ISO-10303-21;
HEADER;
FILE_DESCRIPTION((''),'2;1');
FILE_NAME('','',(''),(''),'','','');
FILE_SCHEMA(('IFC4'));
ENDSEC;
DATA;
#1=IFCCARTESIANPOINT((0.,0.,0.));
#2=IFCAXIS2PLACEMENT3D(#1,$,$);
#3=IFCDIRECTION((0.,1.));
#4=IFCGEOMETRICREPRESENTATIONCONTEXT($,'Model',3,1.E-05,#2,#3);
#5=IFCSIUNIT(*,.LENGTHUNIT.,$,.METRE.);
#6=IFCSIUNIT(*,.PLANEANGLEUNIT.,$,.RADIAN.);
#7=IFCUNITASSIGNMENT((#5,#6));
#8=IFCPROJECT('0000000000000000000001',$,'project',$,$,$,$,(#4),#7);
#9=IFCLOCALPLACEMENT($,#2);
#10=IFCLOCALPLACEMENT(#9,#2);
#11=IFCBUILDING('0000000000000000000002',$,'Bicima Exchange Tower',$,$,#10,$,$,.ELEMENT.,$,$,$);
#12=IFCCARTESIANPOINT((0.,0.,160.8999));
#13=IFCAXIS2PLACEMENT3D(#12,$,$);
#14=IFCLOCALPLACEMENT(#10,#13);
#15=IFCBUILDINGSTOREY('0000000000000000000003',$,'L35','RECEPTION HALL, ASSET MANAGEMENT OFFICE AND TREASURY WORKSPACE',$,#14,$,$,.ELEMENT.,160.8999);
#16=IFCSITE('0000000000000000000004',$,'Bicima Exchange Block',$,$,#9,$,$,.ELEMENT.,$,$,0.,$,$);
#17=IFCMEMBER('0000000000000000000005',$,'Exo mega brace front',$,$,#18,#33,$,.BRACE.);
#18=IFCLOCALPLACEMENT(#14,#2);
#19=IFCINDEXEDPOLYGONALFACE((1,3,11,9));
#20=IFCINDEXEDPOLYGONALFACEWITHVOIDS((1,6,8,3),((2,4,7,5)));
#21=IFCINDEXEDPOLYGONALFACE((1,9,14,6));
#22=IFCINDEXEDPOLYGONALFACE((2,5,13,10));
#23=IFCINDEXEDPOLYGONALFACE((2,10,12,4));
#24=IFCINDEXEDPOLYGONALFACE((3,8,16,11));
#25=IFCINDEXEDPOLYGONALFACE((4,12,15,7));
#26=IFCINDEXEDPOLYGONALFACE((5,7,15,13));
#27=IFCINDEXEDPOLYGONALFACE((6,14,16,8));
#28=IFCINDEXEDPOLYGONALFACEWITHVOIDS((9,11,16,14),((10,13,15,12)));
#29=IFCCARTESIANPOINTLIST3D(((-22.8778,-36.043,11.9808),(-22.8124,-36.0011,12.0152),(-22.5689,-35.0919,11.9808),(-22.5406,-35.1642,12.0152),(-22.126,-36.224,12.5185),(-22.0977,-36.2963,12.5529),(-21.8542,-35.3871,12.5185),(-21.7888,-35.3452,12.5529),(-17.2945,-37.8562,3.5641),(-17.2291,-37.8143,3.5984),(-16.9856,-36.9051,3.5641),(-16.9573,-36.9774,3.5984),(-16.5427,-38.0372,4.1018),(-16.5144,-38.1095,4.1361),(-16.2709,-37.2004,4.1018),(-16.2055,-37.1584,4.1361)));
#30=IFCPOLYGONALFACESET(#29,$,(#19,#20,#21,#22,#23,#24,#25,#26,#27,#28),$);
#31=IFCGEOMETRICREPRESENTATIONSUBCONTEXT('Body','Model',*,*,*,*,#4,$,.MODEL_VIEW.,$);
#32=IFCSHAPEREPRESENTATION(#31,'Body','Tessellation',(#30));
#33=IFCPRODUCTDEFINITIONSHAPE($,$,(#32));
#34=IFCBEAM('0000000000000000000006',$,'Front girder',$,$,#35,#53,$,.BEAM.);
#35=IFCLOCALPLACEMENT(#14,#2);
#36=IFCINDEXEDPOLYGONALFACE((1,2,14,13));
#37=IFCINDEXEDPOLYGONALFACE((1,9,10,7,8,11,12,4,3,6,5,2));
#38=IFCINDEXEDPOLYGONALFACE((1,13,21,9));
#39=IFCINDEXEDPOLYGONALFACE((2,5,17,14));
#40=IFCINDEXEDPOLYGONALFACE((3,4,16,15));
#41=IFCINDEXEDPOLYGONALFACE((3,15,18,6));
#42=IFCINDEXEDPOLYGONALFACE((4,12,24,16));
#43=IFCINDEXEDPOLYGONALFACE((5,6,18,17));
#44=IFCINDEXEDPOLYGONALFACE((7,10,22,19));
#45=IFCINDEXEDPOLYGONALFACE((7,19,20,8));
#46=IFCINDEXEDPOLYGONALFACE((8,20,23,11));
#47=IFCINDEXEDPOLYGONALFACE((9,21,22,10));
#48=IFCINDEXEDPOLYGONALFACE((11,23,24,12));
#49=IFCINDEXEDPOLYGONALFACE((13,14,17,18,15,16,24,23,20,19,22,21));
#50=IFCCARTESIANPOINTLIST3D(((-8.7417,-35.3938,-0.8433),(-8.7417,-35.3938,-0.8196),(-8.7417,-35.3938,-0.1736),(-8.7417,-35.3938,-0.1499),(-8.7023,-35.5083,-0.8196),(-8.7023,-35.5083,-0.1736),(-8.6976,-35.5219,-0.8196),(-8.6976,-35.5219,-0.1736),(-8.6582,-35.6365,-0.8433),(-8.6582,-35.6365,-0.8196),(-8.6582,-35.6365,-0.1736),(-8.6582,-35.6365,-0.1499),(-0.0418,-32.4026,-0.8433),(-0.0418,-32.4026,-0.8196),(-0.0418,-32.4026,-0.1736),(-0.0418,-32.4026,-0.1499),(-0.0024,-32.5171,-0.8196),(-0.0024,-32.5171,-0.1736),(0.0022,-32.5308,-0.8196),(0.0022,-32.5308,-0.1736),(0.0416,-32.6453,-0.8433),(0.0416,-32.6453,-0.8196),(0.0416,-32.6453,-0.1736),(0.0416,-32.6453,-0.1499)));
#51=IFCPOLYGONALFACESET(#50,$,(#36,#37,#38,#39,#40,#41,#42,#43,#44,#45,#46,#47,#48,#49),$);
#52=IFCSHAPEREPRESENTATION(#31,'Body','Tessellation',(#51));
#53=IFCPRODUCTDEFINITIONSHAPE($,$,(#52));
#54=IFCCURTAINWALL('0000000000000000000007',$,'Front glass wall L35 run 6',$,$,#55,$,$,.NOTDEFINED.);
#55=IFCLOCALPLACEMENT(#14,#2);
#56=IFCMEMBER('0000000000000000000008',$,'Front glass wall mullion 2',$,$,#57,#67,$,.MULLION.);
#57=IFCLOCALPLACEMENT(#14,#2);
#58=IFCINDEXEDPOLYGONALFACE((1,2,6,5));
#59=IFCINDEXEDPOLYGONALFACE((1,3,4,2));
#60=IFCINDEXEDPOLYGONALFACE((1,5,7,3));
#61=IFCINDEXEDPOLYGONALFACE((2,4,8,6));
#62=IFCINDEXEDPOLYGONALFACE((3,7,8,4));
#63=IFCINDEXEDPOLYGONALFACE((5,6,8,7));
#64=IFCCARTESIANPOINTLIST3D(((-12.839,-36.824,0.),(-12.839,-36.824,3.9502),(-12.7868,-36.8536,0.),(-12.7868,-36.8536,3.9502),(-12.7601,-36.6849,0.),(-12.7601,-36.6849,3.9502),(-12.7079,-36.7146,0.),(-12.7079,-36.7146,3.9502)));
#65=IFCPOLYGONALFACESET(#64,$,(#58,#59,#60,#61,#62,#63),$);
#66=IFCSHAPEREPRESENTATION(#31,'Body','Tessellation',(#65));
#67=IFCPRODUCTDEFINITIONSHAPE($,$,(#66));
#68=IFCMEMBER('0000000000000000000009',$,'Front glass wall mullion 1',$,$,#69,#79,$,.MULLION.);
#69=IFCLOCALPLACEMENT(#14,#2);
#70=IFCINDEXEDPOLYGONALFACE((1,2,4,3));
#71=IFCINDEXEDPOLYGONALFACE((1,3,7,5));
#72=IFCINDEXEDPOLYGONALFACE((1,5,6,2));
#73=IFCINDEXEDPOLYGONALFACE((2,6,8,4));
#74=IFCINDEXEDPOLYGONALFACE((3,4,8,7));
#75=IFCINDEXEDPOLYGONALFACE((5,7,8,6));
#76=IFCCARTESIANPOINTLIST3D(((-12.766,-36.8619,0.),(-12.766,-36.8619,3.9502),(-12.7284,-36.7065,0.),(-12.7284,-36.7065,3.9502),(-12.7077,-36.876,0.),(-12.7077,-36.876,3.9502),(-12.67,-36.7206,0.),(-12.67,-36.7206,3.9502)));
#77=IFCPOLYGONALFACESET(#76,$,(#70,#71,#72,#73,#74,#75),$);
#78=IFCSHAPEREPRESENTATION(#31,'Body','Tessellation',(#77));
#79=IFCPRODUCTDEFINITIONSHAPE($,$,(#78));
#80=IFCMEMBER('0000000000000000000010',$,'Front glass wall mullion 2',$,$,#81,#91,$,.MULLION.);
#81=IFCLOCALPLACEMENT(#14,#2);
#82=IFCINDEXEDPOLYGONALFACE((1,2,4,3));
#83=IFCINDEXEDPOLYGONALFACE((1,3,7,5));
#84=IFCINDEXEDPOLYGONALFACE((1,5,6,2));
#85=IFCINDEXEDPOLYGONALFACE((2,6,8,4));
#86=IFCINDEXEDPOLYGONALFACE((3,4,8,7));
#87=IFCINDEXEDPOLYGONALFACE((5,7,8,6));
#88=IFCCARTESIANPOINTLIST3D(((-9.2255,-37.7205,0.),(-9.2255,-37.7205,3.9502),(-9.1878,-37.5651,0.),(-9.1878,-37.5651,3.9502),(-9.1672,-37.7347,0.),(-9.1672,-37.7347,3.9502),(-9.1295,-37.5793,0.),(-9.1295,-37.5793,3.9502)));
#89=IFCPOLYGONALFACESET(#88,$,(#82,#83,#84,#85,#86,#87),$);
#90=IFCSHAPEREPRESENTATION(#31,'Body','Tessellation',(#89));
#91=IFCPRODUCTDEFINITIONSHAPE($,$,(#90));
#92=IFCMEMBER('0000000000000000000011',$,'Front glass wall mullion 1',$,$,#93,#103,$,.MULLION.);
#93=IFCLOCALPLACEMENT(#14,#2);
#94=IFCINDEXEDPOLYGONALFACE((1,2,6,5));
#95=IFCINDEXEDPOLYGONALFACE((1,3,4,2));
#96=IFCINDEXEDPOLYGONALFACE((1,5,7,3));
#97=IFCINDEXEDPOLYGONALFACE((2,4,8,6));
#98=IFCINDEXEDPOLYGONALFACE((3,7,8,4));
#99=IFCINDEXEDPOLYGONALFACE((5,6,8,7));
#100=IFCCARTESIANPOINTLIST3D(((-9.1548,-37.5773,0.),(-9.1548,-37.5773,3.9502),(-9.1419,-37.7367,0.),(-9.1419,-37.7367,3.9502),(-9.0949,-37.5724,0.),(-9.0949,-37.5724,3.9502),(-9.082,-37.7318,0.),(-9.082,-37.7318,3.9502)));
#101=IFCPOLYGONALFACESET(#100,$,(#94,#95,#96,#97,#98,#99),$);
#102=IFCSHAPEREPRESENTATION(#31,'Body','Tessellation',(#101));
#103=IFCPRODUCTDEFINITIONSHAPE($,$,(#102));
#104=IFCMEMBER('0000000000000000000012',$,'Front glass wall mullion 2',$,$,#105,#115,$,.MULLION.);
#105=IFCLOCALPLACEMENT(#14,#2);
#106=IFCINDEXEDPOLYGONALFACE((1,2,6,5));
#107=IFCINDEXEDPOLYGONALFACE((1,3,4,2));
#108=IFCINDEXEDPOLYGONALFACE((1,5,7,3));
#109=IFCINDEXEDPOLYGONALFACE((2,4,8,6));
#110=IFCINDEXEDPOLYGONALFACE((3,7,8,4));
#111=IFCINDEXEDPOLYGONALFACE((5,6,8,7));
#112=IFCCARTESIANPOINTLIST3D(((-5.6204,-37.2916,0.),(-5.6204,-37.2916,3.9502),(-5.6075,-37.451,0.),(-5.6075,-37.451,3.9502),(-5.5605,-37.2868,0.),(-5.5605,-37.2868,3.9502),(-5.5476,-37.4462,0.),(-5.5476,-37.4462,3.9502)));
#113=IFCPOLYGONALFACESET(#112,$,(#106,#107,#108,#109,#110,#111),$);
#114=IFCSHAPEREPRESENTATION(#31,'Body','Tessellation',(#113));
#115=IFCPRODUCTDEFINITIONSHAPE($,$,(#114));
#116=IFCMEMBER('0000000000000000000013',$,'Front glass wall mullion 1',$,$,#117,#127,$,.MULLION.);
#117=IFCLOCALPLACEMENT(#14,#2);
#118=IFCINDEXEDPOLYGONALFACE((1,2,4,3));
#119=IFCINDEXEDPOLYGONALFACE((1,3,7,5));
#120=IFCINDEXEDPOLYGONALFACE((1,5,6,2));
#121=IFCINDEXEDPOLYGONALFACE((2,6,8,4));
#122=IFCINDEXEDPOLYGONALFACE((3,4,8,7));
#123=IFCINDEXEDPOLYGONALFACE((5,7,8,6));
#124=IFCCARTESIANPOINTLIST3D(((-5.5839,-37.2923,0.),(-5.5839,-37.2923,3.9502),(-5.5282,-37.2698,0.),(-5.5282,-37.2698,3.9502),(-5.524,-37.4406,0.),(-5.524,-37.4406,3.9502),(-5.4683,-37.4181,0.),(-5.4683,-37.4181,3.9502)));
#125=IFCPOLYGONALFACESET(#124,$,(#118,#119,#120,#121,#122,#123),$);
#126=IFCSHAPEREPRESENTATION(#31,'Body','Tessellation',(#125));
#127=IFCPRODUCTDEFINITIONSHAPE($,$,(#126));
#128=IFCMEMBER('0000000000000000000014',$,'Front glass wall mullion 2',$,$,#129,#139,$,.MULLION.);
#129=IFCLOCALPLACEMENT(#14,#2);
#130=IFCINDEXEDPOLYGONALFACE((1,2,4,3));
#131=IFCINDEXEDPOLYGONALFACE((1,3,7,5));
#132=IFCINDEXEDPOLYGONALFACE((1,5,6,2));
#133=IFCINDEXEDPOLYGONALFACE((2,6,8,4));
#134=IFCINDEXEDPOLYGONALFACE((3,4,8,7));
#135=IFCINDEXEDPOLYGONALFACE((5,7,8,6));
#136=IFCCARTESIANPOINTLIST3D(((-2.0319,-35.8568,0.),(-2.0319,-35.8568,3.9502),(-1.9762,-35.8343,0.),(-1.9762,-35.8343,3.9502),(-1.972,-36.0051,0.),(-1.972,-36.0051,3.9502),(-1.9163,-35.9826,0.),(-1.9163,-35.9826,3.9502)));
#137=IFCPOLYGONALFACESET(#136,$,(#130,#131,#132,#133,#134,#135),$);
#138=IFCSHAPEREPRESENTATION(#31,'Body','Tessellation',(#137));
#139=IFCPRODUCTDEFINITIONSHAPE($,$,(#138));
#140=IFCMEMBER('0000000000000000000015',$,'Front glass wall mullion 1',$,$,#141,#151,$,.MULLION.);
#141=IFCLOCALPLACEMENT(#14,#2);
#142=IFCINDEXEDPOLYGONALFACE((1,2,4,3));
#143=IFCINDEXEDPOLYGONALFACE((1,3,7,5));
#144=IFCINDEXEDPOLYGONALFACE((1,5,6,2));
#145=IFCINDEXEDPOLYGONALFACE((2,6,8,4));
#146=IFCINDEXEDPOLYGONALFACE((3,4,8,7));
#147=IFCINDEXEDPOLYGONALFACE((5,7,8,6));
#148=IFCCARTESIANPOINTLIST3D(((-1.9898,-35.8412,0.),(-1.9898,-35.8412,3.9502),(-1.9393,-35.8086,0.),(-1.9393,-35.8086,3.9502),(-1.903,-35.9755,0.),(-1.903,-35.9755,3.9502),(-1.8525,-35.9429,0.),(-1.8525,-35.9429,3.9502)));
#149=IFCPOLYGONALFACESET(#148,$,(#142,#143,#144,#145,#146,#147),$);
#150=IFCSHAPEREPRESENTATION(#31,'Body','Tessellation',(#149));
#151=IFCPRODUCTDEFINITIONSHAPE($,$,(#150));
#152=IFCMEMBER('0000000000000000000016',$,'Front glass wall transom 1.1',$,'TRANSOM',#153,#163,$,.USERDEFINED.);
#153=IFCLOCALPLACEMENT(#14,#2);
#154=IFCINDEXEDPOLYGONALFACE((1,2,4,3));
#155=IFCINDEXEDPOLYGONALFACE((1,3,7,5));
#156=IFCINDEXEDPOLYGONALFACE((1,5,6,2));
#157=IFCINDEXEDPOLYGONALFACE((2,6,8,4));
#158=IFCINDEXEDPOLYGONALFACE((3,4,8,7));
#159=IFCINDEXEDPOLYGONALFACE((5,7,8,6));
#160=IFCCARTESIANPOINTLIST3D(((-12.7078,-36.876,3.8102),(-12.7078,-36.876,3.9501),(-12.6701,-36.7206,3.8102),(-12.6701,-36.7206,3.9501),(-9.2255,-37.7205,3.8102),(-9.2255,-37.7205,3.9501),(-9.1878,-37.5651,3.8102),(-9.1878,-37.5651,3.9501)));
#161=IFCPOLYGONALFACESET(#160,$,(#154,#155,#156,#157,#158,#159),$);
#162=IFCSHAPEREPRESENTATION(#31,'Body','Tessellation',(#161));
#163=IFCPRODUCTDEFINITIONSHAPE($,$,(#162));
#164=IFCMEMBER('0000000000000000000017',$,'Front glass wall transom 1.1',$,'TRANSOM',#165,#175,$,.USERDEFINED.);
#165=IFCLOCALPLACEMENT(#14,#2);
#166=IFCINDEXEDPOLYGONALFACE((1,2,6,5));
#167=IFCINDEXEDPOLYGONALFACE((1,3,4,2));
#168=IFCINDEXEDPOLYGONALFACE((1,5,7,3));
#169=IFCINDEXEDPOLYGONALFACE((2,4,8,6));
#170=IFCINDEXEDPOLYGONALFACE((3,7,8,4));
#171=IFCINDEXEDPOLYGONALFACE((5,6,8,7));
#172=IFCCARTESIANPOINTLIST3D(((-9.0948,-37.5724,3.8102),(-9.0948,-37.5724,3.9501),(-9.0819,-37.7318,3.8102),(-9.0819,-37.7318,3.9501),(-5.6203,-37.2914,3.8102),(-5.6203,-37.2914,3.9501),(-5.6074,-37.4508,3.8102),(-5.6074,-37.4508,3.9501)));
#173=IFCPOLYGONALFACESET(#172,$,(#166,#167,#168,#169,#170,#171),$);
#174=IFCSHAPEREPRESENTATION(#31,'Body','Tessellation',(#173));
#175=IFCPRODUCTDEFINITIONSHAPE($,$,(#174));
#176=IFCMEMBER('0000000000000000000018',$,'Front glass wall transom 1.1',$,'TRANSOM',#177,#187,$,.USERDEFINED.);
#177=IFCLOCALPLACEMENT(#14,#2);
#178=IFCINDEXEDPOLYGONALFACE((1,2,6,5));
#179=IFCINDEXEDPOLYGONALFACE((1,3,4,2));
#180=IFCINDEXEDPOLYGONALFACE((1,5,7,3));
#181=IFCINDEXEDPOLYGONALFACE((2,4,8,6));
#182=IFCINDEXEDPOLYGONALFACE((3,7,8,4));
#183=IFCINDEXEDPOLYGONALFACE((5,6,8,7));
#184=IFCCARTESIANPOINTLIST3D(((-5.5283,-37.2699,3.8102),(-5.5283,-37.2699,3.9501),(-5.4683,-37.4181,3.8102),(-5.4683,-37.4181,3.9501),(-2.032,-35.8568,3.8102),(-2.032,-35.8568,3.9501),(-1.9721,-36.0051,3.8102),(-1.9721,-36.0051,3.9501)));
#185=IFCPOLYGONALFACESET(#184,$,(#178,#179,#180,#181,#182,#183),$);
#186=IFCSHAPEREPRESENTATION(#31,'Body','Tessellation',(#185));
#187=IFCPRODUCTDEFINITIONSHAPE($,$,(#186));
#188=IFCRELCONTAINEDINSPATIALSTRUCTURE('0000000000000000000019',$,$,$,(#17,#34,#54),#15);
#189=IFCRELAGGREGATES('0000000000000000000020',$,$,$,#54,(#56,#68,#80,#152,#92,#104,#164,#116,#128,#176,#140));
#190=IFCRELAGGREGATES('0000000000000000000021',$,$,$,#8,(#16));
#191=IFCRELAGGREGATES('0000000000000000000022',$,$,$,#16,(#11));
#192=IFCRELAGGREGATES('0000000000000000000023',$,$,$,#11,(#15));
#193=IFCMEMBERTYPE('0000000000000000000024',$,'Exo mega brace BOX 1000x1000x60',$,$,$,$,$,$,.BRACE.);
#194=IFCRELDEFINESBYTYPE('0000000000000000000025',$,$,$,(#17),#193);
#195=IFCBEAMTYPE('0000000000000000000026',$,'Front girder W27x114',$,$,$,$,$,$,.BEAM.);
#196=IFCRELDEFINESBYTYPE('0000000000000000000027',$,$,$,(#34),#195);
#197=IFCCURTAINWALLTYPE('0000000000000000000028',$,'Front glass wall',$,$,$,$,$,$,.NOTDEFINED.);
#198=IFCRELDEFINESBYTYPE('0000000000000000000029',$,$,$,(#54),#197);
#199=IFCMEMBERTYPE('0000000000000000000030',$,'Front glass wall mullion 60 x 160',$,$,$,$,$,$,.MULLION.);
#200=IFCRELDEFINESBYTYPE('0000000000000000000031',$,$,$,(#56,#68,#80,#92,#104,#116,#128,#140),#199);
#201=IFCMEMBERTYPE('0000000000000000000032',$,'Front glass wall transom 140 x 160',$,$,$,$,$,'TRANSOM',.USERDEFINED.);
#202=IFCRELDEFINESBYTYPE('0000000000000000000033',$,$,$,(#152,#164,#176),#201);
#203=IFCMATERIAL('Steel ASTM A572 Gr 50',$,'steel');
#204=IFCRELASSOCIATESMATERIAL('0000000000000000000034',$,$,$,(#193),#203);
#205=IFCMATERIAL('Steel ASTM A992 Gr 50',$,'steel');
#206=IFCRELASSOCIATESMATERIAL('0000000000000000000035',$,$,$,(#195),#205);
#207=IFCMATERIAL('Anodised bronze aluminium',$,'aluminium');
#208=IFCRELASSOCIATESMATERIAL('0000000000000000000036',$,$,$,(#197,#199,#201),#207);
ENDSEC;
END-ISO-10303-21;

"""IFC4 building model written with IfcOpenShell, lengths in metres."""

from ifc_helpers import new_model, si_unit, direction, frame, origin, origin_2d, place, context, subcontext, project, spatial, rectangle, hollow_rectangle, i_section, extrude, material, material_profile, profile_set, type_object, element, aggregate, save


model = new_model("IFC4")

# Units and contexts
model_context = context("Model", 3, precision=1e-05, world=origin(), true_north=direction((0.0, 1.0)))
body_context = subcontext(model_context, "Body", "Model", "MODEL_VIEW")
ifc_project = project(units=[si_unit("LENGTHUNIT", "METRE"), si_unit("PLANEANGLEUNIT", "RADIAN")], contexts=[model_context])

# Site, building, storey
site_placement = place(None, origin())
site = spatial("IfcSite", under=ifc_project, at=site_placement, Name="Bicima Exchange Block", CompositionType="ELEMENT", RefElevation=0.0)
building_placement = place(site_placement, origin())
building = spatial("IfcBuilding", under=site, at=building_placement, Name="Bicima Exchange Tower", CompositionType="ELEMENT")
storey_placement = place(building_placement, frame((0.0, 0.0, 160.8999)))
storey = spatial("IfcBuildingStorey", under=building, at=storey_placement, Name="L35", Description="RECEPTION HALL, ASSET MANAGEMENT OFFICE AND TREASURY WORKSPACE", CompositionType="ELEMENT", Elevation=160.8999)

# Member
ifc_material_1 = material(Name="Steel ASTM A572 Gr 50", Category="steel")
ifc_material_profile_1 = material_profile(ifc_material_1, hollow_rectangle(XDim=1.0, YDim=1.0, WallThickness=0.0601, at=origin_2d()))
ifc_profile_set_1 = profile_set([ifc_material_profile_1], Name="Steel ASTM A572 Gr 50")
member_type_1 = type_object("IfcMemberType", Name="Exo mega brace BOX 1000x1000x60", PredefinedType="BRACE", material=ifc_profile_set_1)
member_1_placement = place(storey_placement, frame((-16.75, -37.5073, 3.8501), z_axis=(-0.544087, 0.176699, 0.820211), x_axis=(-0.308882, -0.9511, 0.0)))
element("IfcMember", 1, at=member_1_placement, inside=storey, type_object=member_type_1, Name="Exo mega brace front", PredefinedType="BRACE", context=body_context, shape_type="SweptSolid", body=[
    extrude(hollow_rectangle(XDim=1.0, YDim=1.0, WallThickness=0.0601, at=origin_2d()), origin(), (0.0, 0.0, 1.0), 10.2617),
])

# Beam
ifc_material_2 = material(Name="Steel ASTM A992 Gr 50", Category="steel")
ifc_material_profile_2 = material_profile(ifc_material_2, i_section(OverallWidth=0.2566, OverallDepth=0.6934, WebThickness=0.0144, FlangeThickness=0.0237, at=origin_2d()))
ifc_profile_set_2 = profile_set([ifc_material_profile_2], Name="Steel ASTM A992 Gr 50")
beam_type = type_object("IfcBeamType", Name="Front girder W27x114", PredefinedType="BEAM", material=ifc_profile_set_2)
beam_placement = place(storey_placement, frame((-8.7, -35.5151, -0.4966), z_axis=(0.945666, 0.325138, 0.0), x_axis=(-0.325138, 0.945666, 0.0)))
element("IfcBeam", 2, at=beam_placement, inside=storey, type_object=beam_type, Name="Front girder", PredefinedType="BEAM", context=body_context, shape_type="SweptSolid", body=[
    extrude(i_section(OverallWidth=0.2566, OverallDepth=0.6934, WebThickness=0.0144, FlangeThickness=0.0237, at=origin_2d()), origin(), (0.0, 0.0, 1.0), 9.1997),
])

# Curtain wall, members
ifc_material_3 = material(Name="Anodised bronze aluminium", Category="aluminium")
curtain_wall_type = type_object("IfcCurtainWallType", Name="Front glass wall", PredefinedType="NOTDEFINED", material=ifc_material_3)
curtain_wall_placement = place(storey_placement, origin())
curtain_wall = element("IfcCurtainWall", 3, at=curtain_wall_placement, inside=storey, type_object=curtain_wall_type, Name="Front glass wall L35 run 6", PredefinedType="NOTDEFINED")
ifc_material_profile_3 = material_profile(ifc_material_3, rectangle(XDim=0.1599, YDim=0.0601, at=origin_2d()))
ifc_profile_set_3 = profile_set([ifc_material_profile_3], Name="Anodised bronze aluminium")
member_type_2 = type_object("IfcMemberType", Name="Front glass wall mullion 60 x 160", PredefinedType="MULLION", material=ifc_profile_set_3)
member_2_placement = place(storey_placement, frame((-12.7734, -36.7693, 0.0), z_axis=(0.0, 0.0, 1.0), x_axis=(0.493395, 0.869805, 0.0)))
member_2 = element("IfcMember", 4, at=member_2_placement, type_object=member_type_2, Name="Front glass wall mullion 2", PredefinedType="MULLION", context=body_context, shape_type="SweptSolid", body=[
    extrude(rectangle(XDim=0.1599, YDim=0.0601, at=origin_2d()), origin(), (0.0, 0.0, 1.0), 3.9502),
])
member_3_placement = place(storey_placement, frame((-12.718, -36.7913, 0.0), z_axis=(0.0, 0.0, 1.0), x_axis=(0.235682, 0.97183, 0.0)))
member_3 = element("IfcMember", 5, at=member_3_placement, type_object=member_type_2, Name="Front glass wall mullion 1", PredefinedType="MULLION", context=body_context, shape_type="SweptSolid", body=[
    extrude(rectangle(XDim=0.1599, YDim=0.0601, at=origin_2d()), origin(), (0.0, 0.0, 1.0), 3.9502),
])
member_4_placement = place(storey_placement, frame((-9.1775, -37.6499, 0.0), z_axis=(0.0, 0.0, 1.0), x_axis=(0.235682, 0.97183, 0.0)))
member_4 = element("IfcMember", 6, at=member_4_placement, type_object=member_type_2, Name="Front glass wall mullion 2", PredefinedType="MULLION", context=body_context, shape_type="SweptSolid", body=[
    extrude(rectangle(XDim=0.1599, YDim=0.0601, at=origin_2d()), origin(), (0.0, 0.0, 1.0), 3.9502),
])
member_5_placement = place(storey_placement, frame((-9.1184, -37.6545, 0.0), z_axis=(0.0, 0.0, 1.0), x_axis=(-0.080589, 0.996747, 0.0)))
member_5 = element("IfcMember", 7, at=member_5_placement, type_object=member_type_2, Name="Front glass wall mullion 1", PredefinedType="MULLION", context=body_context, shape_type="SweptSolid", body=[
    extrude(rectangle(XDim=0.1599, YDim=0.0601, at=origin_2d()), origin(), (0.0, 0.0, 1.0), 3.9502),
])
member_6_placement = place(storey_placement, frame((-5.584, -37.3689, 0.0), z_axis=(0.0, 0.0, 1.0), x_axis=(-0.080589, 0.996747, 0.0)))
member_6 = element("IfcMember", 8, at=member_6_placement, type_object=member_type_2, Name="Front glass wall mullion 2", PredefinedType="MULLION", context=body_context, shape_type="SweptSolid", body=[
    extrude(rectangle(XDim=0.1599, YDim=0.0601, at=origin_2d()), origin(), (0.0, 0.0, 1.0), 3.9502),
])
member_7_placement = place(storey_placement, frame((-5.5261, -37.3552, 0.0), z_axis=(0.0, 0.0, 1.0), x_axis=(-0.374705, 0.927144, 0.0)))
member_7 = element("IfcMember", 9, at=member_7_placement, type_object=member_type_2, Name="Front glass wall mullion 1", PredefinedType="MULLION", context=body_context, shape_type="SweptSolid", body=[
    extrude(rectangle(XDim=0.1599, YDim=0.0601, at=origin_2d()), origin(), (0.0, 0.0, 1.0), 3.9502),
])
member_8_placement = place(storey_placement, frame((-1.9741, -35.9197, 0.0), z_axis=(0.0, 0.0, 1.0), x_axis=(-0.374705, 0.927144, 0.0)))
member_8 = element("IfcMember", 10, at=member_8_placement, type_object=member_type_2, Name="Front glass wall mullion 2", PredefinedType="MULLION", context=body_context, shape_type="SweptSolid", body=[
    extrude(rectangle(XDim=0.1599, YDim=0.0601, at=origin_2d()), origin(), (0.0, 0.0, 1.0), 3.9502),
])
member_9_placement = place(storey_placement, frame((-1.9211, -35.8921, 0.0), z_axis=(0.0, 0.0, 1.0), x_axis=(-0.542897, 0.839799, 0.0)))
member_9 = element("IfcMember", 11, at=member_9_placement, type_object=member_type_2, Name="Front glass wall mullion 1", PredefinedType="MULLION", context=body_context, shape_type="SweptSolid", body=[
    extrude(rectangle(XDim=0.1599, YDim=0.0601, at=origin_2d()), origin(), (0.0, 0.0, 1.0), 3.9502),
])
ifc_material_profile_4 = material_profile(ifc_material_3, rectangle(XDim=0.1599, YDim=0.1399, at=origin_2d()))
ifc_profile_set_4 = profile_set([ifc_material_profile_4], Name="Anodised bronze aluminium")
member_type_3 = type_object("IfcMemberType", Name="Front glass wall transom 140 x 160", ElementType="TRANSOM", PredefinedType="USERDEFINED", material=ifc_profile_set_4)
member_10_placement = place(storey_placement, frame((-12.689, -36.7983, 3.8801), z_axis=(0.971834, -0.235668, 0.0), x_axis=(0.235668, 0.971834, 0.0)))
member_10 = element("IfcMember", 12, at=member_10_placement, type_object=member_type_3, Name="Front glass wall transom 1.1", ObjectType="TRANSOM", PredefinedType="USERDEFINED", context=body_context, shape_type="SweptSolid", body=[
    extrude(rectangle(XDim=0.1599, YDim=0.1399, at=origin_2d()), origin(), (0.0, 0.0, 1.0), 3.5833),
])
member_11_placement = place(storey_placement, frame((-9.0884, -37.6521, 3.8801), z_axis=(0.996746, 0.080611, 0.0), x_axis=(-0.080611, 0.996746, 0.0)))
member_11 = element("IfcMember", 13, at=member_11_placement, type_object=member_type_3, Name="Front glass wall transom 1.1", ObjectType="TRANSOM", PredefinedType="USERDEFINED", context=body_context, shape_type="SweptSolid", body=[
    extrude(rectangle(XDim=0.1599, YDim=0.1399, at=origin_2d()), origin(), (0.0, 0.0, 1.0), 3.4858),
])
member_12_placement = place(storey_placement, frame((-5.4983, -37.344, 3.8801), z_axis=(0.92714, 0.374715, 0.0), x_axis=(-0.374715, 0.92714, 0.0)))
member_12 = element("IfcMember", 14, at=member_12_placement, type_object=member_type_3, Name="Front glass wall transom 1.1", ObjectType="TRANSOM", PredefinedType="USERDEFINED", context=body_context, shape_type="SweptSolid", body=[
    extrude(rectangle(XDim=0.1599, YDim=0.1399, at=origin_2d()), origin(), (0.0, 0.0, 1.0), 3.771),
])

aggregate(curtain_wall, [member_2, member_3, member_4, member_10, member_5, member_6, member_11, member_7, member_8, member_12, member_9])

save(model, "model.ifc")
